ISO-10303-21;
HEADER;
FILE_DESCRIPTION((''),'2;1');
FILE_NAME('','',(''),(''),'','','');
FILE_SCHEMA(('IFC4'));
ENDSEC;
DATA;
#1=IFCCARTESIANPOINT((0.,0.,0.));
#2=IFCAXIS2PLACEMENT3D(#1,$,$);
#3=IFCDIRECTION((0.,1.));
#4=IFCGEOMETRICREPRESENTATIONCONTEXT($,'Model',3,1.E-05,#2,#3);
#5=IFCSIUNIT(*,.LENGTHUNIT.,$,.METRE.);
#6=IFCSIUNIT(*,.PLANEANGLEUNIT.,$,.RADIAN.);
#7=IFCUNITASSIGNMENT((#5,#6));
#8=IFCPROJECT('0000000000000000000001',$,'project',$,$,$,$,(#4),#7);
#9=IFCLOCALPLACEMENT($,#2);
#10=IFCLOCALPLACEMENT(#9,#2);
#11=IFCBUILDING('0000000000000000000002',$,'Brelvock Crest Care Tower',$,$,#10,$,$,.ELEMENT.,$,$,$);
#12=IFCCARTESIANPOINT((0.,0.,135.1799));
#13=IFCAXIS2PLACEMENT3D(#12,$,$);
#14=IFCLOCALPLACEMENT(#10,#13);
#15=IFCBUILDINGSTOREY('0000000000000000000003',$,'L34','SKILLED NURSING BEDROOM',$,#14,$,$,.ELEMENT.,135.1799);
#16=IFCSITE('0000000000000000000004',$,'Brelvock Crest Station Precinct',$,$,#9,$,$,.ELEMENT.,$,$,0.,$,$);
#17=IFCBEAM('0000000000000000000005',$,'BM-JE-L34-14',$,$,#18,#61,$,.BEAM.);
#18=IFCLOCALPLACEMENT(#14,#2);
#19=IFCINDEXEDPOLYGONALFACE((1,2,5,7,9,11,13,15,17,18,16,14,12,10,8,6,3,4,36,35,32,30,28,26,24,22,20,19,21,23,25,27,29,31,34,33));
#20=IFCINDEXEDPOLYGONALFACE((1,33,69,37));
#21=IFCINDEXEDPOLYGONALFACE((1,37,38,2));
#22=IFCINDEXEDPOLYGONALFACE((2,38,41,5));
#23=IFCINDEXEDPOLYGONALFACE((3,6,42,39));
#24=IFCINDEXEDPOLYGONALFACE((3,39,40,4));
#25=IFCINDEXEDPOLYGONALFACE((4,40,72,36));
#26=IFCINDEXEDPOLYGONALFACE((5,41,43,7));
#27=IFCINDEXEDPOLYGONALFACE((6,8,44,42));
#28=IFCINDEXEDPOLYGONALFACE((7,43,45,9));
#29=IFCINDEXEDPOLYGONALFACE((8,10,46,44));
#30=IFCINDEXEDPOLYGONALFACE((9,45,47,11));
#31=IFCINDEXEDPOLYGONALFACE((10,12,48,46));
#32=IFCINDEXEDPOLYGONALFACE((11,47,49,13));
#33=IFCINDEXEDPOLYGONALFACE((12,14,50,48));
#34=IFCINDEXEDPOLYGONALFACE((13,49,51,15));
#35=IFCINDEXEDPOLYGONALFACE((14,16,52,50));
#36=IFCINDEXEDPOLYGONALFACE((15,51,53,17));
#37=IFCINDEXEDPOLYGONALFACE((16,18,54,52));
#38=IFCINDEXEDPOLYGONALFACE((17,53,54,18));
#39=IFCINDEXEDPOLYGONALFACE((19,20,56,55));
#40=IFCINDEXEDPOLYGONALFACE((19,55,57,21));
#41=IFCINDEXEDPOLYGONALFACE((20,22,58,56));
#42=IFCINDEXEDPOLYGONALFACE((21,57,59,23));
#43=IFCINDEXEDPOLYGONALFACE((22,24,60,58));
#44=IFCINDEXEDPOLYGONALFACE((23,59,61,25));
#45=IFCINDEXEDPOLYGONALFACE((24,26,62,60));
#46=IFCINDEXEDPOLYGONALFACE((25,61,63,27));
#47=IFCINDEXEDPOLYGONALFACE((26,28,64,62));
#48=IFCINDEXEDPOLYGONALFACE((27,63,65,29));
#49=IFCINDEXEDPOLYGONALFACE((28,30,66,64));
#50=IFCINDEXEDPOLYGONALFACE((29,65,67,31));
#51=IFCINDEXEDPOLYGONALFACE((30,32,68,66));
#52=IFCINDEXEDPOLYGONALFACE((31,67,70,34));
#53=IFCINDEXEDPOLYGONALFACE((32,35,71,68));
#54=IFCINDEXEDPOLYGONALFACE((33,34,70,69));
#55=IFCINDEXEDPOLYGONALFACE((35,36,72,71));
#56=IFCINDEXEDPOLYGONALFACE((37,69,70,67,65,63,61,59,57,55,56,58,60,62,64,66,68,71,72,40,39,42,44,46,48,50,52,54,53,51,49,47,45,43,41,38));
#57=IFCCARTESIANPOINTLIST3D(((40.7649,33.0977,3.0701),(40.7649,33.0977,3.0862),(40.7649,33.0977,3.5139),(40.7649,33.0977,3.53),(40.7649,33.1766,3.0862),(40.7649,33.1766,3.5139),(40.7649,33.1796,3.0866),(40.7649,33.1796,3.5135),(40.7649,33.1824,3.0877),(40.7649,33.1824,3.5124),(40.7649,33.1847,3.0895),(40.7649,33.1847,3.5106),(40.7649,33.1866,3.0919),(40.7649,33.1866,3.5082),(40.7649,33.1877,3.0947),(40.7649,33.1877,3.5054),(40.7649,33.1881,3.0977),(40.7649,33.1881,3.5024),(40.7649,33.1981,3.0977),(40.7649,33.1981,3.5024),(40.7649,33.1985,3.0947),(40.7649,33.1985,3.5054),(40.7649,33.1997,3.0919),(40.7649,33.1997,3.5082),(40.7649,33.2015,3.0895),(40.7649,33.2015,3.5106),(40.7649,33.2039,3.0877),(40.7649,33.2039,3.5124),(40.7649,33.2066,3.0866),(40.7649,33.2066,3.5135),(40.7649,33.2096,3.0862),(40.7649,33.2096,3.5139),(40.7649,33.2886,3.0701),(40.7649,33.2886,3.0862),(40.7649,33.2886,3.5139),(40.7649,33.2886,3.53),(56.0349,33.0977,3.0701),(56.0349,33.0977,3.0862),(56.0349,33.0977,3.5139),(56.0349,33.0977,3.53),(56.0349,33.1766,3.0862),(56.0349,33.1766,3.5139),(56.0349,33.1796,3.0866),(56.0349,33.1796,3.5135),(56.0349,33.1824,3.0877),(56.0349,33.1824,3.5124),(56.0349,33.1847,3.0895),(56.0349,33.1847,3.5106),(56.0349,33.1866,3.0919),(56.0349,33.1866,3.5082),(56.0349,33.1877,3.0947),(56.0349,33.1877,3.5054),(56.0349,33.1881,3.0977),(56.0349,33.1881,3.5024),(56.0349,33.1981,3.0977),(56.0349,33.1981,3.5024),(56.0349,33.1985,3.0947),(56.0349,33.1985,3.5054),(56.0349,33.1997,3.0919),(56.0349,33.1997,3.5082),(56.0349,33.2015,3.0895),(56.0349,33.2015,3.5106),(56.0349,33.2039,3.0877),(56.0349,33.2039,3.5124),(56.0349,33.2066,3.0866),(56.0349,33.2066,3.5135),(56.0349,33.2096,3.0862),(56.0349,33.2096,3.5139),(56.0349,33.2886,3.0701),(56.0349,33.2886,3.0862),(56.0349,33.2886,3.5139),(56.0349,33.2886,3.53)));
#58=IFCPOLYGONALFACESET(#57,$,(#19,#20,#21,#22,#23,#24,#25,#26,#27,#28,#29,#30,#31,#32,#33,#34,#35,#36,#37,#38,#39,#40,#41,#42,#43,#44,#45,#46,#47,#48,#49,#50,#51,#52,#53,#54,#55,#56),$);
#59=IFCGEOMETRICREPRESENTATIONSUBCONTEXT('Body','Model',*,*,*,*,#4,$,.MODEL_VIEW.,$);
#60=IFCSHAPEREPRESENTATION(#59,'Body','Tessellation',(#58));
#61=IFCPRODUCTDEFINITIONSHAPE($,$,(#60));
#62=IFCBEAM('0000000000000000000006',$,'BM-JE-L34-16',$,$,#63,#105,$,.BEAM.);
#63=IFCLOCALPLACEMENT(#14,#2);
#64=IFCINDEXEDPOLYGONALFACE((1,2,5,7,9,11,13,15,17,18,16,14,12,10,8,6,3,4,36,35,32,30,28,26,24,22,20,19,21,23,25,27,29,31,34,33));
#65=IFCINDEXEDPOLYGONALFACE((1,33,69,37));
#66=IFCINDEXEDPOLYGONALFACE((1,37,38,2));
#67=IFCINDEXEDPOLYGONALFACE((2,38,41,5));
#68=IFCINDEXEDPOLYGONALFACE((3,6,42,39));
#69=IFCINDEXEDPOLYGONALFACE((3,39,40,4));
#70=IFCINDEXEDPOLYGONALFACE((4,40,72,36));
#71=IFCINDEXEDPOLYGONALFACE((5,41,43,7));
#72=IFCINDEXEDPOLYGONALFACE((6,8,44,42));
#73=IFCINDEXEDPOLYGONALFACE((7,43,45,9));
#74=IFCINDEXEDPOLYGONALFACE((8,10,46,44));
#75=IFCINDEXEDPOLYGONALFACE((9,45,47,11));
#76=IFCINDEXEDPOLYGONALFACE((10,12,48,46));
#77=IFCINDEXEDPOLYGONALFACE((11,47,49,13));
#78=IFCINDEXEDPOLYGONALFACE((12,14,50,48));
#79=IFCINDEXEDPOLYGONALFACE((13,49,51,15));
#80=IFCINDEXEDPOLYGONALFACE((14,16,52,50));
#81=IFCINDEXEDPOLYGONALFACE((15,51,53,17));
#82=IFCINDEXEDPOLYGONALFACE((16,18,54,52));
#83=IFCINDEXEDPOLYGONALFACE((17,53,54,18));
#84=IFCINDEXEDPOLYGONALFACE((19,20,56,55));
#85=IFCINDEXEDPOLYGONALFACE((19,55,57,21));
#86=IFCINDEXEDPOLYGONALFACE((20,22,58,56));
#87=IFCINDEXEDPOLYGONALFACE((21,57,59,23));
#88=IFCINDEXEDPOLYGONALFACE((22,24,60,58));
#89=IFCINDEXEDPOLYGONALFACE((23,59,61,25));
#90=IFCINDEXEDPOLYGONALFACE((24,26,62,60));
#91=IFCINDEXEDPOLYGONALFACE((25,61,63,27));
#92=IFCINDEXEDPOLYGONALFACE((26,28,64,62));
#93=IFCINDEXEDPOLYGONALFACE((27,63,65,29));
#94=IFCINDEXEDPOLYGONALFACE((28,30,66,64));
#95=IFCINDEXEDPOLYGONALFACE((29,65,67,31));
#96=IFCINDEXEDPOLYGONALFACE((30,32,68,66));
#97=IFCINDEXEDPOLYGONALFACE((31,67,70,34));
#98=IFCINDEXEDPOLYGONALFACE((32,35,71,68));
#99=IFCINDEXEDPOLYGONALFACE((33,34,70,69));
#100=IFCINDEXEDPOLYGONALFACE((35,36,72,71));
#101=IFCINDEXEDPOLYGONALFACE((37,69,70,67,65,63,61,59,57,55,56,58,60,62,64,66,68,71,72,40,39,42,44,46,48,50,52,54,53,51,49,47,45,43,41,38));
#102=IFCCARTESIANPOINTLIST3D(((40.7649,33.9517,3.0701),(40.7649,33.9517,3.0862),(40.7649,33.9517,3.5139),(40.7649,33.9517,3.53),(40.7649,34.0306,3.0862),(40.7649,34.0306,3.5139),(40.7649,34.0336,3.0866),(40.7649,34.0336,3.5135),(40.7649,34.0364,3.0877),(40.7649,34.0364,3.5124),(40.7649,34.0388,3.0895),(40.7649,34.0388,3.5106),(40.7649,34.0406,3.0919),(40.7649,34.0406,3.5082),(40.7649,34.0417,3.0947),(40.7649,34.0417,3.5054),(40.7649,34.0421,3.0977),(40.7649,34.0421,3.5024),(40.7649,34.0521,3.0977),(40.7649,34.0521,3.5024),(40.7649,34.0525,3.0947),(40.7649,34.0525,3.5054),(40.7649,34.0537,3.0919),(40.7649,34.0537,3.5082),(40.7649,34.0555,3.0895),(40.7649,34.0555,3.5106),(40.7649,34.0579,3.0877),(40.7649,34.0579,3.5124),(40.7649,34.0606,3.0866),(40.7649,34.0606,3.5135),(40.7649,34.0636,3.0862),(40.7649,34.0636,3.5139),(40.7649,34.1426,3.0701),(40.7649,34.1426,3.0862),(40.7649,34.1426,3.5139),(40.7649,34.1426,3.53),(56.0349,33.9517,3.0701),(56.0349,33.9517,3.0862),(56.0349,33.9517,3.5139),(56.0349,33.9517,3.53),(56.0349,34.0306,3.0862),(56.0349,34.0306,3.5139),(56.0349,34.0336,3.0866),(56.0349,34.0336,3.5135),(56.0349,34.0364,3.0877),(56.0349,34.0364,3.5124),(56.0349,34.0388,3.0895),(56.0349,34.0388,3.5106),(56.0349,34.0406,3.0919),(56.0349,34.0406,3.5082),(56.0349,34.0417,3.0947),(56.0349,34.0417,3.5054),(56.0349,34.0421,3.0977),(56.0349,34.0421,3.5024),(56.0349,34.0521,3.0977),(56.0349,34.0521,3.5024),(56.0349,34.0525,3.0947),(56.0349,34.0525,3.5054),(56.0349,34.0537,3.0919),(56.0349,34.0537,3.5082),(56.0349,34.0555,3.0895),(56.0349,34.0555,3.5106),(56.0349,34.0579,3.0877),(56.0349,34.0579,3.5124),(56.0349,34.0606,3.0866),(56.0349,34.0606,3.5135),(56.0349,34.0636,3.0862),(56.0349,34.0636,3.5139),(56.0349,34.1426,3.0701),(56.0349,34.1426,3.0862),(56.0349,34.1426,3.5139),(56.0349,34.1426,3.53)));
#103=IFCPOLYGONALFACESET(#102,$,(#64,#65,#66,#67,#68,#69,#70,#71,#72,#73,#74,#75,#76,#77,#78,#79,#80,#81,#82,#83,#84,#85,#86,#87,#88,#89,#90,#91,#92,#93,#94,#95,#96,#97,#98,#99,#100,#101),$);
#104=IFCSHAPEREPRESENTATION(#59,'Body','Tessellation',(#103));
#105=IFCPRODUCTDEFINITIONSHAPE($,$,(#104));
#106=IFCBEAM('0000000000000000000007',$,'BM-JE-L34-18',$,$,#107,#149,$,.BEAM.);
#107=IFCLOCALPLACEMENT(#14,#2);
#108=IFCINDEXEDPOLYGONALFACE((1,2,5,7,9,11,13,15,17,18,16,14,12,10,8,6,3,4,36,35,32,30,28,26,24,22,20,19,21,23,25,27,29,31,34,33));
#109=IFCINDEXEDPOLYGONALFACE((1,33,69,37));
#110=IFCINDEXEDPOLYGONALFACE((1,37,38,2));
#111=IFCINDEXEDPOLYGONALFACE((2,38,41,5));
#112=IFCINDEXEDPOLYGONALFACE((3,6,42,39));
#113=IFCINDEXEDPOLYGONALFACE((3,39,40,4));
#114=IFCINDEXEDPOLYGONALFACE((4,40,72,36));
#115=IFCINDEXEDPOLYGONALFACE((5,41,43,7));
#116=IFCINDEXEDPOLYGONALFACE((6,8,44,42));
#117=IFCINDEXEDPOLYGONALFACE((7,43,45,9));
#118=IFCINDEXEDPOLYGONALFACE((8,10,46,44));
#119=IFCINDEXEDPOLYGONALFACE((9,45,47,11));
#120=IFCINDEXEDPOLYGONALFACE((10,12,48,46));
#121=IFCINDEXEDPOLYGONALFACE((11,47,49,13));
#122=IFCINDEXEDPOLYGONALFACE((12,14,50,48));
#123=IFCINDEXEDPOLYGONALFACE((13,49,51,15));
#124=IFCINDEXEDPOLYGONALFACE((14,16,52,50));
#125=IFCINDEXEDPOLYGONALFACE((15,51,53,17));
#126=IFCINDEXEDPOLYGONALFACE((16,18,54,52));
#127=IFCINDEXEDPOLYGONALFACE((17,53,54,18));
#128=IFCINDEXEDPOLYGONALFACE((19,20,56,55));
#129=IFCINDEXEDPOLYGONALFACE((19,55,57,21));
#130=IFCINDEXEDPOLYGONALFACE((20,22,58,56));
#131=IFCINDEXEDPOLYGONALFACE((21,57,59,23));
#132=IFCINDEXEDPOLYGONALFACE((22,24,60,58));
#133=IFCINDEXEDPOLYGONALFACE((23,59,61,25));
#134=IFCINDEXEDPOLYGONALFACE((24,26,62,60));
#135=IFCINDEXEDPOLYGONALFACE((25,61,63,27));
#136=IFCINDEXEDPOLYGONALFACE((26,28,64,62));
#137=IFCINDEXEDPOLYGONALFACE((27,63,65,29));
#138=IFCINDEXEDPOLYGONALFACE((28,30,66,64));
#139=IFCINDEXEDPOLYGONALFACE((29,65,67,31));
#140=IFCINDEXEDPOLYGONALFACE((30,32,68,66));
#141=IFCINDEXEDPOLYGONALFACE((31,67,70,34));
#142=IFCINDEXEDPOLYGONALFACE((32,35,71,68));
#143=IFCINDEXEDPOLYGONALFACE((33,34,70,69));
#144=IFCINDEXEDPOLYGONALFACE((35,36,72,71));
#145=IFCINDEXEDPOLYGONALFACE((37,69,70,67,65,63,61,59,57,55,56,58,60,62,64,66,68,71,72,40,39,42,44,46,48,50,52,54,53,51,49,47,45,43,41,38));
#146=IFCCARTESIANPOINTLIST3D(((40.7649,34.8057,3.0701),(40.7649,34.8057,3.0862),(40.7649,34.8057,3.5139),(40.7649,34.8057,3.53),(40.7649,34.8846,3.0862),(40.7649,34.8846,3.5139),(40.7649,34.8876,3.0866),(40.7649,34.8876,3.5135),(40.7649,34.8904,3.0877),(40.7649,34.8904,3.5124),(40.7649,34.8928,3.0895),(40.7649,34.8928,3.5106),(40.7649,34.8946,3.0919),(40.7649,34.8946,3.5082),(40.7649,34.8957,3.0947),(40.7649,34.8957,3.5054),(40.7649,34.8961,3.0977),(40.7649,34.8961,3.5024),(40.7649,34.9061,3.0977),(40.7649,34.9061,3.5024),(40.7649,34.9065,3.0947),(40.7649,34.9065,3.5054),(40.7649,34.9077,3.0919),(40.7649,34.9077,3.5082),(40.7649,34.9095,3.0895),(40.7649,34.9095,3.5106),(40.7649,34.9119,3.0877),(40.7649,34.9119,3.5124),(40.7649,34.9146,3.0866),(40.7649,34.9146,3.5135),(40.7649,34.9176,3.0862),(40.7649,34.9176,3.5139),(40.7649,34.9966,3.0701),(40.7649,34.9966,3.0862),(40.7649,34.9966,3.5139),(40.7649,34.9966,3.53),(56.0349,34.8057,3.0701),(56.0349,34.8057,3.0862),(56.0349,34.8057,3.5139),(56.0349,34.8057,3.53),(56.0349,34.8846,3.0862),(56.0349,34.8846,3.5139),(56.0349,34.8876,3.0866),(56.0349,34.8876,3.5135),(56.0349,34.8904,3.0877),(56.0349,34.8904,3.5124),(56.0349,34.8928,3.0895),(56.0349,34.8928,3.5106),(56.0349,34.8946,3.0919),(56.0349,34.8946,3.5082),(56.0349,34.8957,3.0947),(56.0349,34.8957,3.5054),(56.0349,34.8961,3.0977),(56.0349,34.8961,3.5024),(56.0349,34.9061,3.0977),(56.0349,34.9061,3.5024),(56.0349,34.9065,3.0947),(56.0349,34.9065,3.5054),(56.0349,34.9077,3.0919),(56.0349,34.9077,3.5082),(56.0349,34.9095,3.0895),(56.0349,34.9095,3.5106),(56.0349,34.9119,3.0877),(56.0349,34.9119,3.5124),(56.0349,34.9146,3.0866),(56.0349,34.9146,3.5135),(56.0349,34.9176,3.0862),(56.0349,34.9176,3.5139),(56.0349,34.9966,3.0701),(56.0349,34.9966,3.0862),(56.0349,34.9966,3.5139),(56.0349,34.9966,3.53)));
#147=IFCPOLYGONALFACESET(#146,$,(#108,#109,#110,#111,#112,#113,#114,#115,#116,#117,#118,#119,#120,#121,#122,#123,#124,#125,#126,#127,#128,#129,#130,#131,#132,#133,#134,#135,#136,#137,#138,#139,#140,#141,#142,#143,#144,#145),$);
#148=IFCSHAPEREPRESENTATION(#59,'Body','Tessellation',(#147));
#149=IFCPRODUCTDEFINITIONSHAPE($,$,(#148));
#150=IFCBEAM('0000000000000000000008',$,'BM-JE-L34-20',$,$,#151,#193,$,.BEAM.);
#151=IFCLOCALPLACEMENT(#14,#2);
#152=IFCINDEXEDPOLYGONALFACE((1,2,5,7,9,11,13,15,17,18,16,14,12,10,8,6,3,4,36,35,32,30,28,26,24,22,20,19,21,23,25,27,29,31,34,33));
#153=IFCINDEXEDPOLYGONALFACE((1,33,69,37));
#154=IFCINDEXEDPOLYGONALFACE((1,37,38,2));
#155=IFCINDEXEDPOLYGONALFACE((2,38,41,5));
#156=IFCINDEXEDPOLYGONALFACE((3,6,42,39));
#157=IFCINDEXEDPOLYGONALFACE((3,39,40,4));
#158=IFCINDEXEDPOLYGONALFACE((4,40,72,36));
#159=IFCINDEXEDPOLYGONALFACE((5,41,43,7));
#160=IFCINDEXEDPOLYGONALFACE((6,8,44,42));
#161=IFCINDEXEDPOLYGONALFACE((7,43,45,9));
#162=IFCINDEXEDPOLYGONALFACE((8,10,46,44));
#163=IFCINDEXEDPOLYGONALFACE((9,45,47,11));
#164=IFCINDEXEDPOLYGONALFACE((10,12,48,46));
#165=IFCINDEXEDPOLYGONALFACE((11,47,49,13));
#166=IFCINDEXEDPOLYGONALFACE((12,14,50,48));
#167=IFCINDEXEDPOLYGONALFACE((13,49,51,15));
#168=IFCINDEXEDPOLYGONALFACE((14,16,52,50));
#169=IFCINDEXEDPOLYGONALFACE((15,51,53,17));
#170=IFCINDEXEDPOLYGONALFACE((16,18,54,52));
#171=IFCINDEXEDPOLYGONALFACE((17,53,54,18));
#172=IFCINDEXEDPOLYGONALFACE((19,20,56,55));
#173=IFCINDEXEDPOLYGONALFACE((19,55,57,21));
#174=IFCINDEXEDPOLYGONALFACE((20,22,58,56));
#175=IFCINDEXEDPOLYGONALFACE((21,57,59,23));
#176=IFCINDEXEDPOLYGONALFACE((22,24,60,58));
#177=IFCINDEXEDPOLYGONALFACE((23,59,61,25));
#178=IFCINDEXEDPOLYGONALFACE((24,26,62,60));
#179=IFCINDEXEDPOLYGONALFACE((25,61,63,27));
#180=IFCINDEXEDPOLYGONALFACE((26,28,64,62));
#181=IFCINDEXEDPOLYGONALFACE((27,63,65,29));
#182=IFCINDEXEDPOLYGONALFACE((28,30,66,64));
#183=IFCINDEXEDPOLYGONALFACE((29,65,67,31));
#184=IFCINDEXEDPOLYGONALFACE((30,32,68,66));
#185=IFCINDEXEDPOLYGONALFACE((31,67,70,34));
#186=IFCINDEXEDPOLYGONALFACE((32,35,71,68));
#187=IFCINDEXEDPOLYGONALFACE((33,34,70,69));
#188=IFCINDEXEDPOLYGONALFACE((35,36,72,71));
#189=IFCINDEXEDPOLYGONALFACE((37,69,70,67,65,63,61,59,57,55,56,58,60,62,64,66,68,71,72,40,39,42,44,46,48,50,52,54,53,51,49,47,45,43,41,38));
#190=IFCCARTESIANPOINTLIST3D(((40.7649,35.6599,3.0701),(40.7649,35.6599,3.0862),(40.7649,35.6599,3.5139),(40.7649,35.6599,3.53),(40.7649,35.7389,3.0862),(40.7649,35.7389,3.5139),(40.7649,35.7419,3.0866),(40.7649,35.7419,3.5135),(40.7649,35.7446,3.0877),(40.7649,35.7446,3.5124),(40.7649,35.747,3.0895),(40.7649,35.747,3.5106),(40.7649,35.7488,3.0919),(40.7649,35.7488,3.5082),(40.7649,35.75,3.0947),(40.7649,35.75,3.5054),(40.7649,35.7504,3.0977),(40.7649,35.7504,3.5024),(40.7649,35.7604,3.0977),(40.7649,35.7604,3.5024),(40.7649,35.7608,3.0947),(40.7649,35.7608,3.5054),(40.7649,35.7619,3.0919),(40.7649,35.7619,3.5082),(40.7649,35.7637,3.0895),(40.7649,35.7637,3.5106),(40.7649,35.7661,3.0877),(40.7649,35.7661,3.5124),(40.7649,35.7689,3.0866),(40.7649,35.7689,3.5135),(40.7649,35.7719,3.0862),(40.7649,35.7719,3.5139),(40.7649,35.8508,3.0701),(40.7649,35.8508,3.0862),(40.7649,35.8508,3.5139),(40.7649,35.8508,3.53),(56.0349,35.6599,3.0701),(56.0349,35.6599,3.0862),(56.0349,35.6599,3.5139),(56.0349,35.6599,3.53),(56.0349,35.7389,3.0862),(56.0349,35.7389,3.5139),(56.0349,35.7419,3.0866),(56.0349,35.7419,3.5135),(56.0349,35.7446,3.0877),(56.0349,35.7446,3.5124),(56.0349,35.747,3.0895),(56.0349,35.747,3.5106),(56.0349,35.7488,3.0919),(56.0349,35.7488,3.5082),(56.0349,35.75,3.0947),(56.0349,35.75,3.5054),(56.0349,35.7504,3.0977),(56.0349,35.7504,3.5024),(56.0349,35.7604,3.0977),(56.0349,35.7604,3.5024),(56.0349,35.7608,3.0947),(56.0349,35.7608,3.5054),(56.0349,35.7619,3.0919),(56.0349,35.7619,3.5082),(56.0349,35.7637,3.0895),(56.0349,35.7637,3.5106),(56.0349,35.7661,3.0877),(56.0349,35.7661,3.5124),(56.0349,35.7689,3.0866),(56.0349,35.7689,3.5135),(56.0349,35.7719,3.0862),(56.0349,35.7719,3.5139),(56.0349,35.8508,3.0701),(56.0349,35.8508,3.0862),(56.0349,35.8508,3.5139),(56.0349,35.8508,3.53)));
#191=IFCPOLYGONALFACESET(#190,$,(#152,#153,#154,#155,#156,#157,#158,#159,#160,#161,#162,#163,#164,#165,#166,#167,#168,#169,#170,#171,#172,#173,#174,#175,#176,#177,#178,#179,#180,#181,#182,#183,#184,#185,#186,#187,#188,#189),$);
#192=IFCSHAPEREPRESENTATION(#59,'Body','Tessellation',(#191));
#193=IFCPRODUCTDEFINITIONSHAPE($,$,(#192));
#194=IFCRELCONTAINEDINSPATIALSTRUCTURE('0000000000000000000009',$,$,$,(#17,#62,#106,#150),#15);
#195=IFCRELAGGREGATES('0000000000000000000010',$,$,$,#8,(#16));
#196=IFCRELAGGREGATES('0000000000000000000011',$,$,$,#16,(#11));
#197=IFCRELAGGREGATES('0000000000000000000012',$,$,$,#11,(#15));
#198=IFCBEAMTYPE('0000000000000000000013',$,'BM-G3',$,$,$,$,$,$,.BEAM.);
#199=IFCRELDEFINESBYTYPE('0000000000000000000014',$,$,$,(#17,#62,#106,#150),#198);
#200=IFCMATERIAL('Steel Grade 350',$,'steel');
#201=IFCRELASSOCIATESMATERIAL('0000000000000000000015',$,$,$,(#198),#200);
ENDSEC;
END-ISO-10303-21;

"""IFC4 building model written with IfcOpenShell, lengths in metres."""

from ifc_helpers import new_model, si_unit, direction, frame, origin, origin_2d, place, context, subcontext, project, spatial, i_section, extrude, source, transform, mapped, material, material_profile, profile_set, type_object, element, save


model = new_model("IFC4")

# Units and contexts
model_context = context("Model", 3, precision=1e-05, world=origin(), true_north=direction((0.0, 1.0)))
body_context = subcontext(model_context, "Body", "Model", "MODEL_VIEW")
ifc_project = project(units=[si_unit("LENGTHUNIT", "METRE"), si_unit("PLANEANGLEUNIT", "RADIAN")], contexts=[model_context])

# Site, building, storey
site_placement = place(None, origin())
site = spatial("IfcSite", under=ifc_project, at=site_placement, Name="Brelvock Crest Station Precinct", CompositionType="ELEMENT", RefElevation=0.0)
building_placement = place(site_placement, origin())
building = spatial("IfcBuilding", under=site, at=building_placement, Name="Brelvock Crest Care Tower", CompositionType="ELEMENT")
storey_placement = place(building_placement, frame((0.0, 0.0, 135.1799)))
storey = spatial("IfcBuildingStorey", under=building, at=storey_placement, Name="L34", Description="SKILLED NURSING BEDROOM", CompositionType="ELEMENT", Elevation=135.1799)

# Beams
ifc_material_1 = material(Name="Steel Grade 350", Category="steel")
ifc_material_profile_1 = material_profile(ifc_material_1, i_section(OverallWidth=0.1909, OverallDepth=0.46, WebThickness=0.01, FlangeThickness=0.0161, FilletRadius=0.0115, at=origin_2d()), Name="460UB82.1")
ifc_profile_set_1 = profile_set([ifc_material_profile_1], Name="Steel Grade 350")
beam_type_1 = type_object("IfcBeamType", Name="BM-G3", PredefinedType="BEAM", material=ifc_profile_set_1)
shared_shape_1 = source(origin(), body_context, "Body", "SweptSolid", [
    extrude(i_section(OverallWidth=0.1909, OverallDepth=0.46, WebThickness=0.01, FlangeThickness=0.0161, FilletRadius=0.0115, at=origin_2d()), origin(), (0.0, 0.0, 1.0), 15.27),
])
for number, where, z_axis, x_axis, name in (
    (1, (40.7649, 33.1931, 3.3), (1.0, 0.0, 0.0), (0.0, 1.0, 0.0), "BM-JE-L34-14"),
    (2, (40.7649, 34.0471, 3.3), (1.0, 0.0, 0.0), (0.0, 1.0, 0.0), "BM-JE-L34-16"),
    (3, (40.7649, 34.9011, 3.3), (1.0, 0.0, 0.0), (0.0, 1.0, 0.0), "BM-JE-L34-18"),
    (4, (40.7649, 35.7554, 3.3), (1.0, 0.0, 0.0), (0.0, 1.0, 0.0), "BM-JE-L34-20"),
):
    element("IfcBeam", number, at=place(storey_placement, frame(where, z_axis=z_axis, x_axis=x_axis)), inside=storey, type_object=beam_type_1, Name=name, PredefinedType="BEAM", context=body_context, shape_type="MappedRepresentation", body=[
        mapped(shared_shape_1, transform((0.0, 0.0, 0.0), x_axis=(1.0, 0.0, 0.0), y_axis=(0.0, 1.0, 0.0), z_axis=(0.0, 0.0, 1.0), scale=1.0)),
    ])

save(model, "model.ifc")
